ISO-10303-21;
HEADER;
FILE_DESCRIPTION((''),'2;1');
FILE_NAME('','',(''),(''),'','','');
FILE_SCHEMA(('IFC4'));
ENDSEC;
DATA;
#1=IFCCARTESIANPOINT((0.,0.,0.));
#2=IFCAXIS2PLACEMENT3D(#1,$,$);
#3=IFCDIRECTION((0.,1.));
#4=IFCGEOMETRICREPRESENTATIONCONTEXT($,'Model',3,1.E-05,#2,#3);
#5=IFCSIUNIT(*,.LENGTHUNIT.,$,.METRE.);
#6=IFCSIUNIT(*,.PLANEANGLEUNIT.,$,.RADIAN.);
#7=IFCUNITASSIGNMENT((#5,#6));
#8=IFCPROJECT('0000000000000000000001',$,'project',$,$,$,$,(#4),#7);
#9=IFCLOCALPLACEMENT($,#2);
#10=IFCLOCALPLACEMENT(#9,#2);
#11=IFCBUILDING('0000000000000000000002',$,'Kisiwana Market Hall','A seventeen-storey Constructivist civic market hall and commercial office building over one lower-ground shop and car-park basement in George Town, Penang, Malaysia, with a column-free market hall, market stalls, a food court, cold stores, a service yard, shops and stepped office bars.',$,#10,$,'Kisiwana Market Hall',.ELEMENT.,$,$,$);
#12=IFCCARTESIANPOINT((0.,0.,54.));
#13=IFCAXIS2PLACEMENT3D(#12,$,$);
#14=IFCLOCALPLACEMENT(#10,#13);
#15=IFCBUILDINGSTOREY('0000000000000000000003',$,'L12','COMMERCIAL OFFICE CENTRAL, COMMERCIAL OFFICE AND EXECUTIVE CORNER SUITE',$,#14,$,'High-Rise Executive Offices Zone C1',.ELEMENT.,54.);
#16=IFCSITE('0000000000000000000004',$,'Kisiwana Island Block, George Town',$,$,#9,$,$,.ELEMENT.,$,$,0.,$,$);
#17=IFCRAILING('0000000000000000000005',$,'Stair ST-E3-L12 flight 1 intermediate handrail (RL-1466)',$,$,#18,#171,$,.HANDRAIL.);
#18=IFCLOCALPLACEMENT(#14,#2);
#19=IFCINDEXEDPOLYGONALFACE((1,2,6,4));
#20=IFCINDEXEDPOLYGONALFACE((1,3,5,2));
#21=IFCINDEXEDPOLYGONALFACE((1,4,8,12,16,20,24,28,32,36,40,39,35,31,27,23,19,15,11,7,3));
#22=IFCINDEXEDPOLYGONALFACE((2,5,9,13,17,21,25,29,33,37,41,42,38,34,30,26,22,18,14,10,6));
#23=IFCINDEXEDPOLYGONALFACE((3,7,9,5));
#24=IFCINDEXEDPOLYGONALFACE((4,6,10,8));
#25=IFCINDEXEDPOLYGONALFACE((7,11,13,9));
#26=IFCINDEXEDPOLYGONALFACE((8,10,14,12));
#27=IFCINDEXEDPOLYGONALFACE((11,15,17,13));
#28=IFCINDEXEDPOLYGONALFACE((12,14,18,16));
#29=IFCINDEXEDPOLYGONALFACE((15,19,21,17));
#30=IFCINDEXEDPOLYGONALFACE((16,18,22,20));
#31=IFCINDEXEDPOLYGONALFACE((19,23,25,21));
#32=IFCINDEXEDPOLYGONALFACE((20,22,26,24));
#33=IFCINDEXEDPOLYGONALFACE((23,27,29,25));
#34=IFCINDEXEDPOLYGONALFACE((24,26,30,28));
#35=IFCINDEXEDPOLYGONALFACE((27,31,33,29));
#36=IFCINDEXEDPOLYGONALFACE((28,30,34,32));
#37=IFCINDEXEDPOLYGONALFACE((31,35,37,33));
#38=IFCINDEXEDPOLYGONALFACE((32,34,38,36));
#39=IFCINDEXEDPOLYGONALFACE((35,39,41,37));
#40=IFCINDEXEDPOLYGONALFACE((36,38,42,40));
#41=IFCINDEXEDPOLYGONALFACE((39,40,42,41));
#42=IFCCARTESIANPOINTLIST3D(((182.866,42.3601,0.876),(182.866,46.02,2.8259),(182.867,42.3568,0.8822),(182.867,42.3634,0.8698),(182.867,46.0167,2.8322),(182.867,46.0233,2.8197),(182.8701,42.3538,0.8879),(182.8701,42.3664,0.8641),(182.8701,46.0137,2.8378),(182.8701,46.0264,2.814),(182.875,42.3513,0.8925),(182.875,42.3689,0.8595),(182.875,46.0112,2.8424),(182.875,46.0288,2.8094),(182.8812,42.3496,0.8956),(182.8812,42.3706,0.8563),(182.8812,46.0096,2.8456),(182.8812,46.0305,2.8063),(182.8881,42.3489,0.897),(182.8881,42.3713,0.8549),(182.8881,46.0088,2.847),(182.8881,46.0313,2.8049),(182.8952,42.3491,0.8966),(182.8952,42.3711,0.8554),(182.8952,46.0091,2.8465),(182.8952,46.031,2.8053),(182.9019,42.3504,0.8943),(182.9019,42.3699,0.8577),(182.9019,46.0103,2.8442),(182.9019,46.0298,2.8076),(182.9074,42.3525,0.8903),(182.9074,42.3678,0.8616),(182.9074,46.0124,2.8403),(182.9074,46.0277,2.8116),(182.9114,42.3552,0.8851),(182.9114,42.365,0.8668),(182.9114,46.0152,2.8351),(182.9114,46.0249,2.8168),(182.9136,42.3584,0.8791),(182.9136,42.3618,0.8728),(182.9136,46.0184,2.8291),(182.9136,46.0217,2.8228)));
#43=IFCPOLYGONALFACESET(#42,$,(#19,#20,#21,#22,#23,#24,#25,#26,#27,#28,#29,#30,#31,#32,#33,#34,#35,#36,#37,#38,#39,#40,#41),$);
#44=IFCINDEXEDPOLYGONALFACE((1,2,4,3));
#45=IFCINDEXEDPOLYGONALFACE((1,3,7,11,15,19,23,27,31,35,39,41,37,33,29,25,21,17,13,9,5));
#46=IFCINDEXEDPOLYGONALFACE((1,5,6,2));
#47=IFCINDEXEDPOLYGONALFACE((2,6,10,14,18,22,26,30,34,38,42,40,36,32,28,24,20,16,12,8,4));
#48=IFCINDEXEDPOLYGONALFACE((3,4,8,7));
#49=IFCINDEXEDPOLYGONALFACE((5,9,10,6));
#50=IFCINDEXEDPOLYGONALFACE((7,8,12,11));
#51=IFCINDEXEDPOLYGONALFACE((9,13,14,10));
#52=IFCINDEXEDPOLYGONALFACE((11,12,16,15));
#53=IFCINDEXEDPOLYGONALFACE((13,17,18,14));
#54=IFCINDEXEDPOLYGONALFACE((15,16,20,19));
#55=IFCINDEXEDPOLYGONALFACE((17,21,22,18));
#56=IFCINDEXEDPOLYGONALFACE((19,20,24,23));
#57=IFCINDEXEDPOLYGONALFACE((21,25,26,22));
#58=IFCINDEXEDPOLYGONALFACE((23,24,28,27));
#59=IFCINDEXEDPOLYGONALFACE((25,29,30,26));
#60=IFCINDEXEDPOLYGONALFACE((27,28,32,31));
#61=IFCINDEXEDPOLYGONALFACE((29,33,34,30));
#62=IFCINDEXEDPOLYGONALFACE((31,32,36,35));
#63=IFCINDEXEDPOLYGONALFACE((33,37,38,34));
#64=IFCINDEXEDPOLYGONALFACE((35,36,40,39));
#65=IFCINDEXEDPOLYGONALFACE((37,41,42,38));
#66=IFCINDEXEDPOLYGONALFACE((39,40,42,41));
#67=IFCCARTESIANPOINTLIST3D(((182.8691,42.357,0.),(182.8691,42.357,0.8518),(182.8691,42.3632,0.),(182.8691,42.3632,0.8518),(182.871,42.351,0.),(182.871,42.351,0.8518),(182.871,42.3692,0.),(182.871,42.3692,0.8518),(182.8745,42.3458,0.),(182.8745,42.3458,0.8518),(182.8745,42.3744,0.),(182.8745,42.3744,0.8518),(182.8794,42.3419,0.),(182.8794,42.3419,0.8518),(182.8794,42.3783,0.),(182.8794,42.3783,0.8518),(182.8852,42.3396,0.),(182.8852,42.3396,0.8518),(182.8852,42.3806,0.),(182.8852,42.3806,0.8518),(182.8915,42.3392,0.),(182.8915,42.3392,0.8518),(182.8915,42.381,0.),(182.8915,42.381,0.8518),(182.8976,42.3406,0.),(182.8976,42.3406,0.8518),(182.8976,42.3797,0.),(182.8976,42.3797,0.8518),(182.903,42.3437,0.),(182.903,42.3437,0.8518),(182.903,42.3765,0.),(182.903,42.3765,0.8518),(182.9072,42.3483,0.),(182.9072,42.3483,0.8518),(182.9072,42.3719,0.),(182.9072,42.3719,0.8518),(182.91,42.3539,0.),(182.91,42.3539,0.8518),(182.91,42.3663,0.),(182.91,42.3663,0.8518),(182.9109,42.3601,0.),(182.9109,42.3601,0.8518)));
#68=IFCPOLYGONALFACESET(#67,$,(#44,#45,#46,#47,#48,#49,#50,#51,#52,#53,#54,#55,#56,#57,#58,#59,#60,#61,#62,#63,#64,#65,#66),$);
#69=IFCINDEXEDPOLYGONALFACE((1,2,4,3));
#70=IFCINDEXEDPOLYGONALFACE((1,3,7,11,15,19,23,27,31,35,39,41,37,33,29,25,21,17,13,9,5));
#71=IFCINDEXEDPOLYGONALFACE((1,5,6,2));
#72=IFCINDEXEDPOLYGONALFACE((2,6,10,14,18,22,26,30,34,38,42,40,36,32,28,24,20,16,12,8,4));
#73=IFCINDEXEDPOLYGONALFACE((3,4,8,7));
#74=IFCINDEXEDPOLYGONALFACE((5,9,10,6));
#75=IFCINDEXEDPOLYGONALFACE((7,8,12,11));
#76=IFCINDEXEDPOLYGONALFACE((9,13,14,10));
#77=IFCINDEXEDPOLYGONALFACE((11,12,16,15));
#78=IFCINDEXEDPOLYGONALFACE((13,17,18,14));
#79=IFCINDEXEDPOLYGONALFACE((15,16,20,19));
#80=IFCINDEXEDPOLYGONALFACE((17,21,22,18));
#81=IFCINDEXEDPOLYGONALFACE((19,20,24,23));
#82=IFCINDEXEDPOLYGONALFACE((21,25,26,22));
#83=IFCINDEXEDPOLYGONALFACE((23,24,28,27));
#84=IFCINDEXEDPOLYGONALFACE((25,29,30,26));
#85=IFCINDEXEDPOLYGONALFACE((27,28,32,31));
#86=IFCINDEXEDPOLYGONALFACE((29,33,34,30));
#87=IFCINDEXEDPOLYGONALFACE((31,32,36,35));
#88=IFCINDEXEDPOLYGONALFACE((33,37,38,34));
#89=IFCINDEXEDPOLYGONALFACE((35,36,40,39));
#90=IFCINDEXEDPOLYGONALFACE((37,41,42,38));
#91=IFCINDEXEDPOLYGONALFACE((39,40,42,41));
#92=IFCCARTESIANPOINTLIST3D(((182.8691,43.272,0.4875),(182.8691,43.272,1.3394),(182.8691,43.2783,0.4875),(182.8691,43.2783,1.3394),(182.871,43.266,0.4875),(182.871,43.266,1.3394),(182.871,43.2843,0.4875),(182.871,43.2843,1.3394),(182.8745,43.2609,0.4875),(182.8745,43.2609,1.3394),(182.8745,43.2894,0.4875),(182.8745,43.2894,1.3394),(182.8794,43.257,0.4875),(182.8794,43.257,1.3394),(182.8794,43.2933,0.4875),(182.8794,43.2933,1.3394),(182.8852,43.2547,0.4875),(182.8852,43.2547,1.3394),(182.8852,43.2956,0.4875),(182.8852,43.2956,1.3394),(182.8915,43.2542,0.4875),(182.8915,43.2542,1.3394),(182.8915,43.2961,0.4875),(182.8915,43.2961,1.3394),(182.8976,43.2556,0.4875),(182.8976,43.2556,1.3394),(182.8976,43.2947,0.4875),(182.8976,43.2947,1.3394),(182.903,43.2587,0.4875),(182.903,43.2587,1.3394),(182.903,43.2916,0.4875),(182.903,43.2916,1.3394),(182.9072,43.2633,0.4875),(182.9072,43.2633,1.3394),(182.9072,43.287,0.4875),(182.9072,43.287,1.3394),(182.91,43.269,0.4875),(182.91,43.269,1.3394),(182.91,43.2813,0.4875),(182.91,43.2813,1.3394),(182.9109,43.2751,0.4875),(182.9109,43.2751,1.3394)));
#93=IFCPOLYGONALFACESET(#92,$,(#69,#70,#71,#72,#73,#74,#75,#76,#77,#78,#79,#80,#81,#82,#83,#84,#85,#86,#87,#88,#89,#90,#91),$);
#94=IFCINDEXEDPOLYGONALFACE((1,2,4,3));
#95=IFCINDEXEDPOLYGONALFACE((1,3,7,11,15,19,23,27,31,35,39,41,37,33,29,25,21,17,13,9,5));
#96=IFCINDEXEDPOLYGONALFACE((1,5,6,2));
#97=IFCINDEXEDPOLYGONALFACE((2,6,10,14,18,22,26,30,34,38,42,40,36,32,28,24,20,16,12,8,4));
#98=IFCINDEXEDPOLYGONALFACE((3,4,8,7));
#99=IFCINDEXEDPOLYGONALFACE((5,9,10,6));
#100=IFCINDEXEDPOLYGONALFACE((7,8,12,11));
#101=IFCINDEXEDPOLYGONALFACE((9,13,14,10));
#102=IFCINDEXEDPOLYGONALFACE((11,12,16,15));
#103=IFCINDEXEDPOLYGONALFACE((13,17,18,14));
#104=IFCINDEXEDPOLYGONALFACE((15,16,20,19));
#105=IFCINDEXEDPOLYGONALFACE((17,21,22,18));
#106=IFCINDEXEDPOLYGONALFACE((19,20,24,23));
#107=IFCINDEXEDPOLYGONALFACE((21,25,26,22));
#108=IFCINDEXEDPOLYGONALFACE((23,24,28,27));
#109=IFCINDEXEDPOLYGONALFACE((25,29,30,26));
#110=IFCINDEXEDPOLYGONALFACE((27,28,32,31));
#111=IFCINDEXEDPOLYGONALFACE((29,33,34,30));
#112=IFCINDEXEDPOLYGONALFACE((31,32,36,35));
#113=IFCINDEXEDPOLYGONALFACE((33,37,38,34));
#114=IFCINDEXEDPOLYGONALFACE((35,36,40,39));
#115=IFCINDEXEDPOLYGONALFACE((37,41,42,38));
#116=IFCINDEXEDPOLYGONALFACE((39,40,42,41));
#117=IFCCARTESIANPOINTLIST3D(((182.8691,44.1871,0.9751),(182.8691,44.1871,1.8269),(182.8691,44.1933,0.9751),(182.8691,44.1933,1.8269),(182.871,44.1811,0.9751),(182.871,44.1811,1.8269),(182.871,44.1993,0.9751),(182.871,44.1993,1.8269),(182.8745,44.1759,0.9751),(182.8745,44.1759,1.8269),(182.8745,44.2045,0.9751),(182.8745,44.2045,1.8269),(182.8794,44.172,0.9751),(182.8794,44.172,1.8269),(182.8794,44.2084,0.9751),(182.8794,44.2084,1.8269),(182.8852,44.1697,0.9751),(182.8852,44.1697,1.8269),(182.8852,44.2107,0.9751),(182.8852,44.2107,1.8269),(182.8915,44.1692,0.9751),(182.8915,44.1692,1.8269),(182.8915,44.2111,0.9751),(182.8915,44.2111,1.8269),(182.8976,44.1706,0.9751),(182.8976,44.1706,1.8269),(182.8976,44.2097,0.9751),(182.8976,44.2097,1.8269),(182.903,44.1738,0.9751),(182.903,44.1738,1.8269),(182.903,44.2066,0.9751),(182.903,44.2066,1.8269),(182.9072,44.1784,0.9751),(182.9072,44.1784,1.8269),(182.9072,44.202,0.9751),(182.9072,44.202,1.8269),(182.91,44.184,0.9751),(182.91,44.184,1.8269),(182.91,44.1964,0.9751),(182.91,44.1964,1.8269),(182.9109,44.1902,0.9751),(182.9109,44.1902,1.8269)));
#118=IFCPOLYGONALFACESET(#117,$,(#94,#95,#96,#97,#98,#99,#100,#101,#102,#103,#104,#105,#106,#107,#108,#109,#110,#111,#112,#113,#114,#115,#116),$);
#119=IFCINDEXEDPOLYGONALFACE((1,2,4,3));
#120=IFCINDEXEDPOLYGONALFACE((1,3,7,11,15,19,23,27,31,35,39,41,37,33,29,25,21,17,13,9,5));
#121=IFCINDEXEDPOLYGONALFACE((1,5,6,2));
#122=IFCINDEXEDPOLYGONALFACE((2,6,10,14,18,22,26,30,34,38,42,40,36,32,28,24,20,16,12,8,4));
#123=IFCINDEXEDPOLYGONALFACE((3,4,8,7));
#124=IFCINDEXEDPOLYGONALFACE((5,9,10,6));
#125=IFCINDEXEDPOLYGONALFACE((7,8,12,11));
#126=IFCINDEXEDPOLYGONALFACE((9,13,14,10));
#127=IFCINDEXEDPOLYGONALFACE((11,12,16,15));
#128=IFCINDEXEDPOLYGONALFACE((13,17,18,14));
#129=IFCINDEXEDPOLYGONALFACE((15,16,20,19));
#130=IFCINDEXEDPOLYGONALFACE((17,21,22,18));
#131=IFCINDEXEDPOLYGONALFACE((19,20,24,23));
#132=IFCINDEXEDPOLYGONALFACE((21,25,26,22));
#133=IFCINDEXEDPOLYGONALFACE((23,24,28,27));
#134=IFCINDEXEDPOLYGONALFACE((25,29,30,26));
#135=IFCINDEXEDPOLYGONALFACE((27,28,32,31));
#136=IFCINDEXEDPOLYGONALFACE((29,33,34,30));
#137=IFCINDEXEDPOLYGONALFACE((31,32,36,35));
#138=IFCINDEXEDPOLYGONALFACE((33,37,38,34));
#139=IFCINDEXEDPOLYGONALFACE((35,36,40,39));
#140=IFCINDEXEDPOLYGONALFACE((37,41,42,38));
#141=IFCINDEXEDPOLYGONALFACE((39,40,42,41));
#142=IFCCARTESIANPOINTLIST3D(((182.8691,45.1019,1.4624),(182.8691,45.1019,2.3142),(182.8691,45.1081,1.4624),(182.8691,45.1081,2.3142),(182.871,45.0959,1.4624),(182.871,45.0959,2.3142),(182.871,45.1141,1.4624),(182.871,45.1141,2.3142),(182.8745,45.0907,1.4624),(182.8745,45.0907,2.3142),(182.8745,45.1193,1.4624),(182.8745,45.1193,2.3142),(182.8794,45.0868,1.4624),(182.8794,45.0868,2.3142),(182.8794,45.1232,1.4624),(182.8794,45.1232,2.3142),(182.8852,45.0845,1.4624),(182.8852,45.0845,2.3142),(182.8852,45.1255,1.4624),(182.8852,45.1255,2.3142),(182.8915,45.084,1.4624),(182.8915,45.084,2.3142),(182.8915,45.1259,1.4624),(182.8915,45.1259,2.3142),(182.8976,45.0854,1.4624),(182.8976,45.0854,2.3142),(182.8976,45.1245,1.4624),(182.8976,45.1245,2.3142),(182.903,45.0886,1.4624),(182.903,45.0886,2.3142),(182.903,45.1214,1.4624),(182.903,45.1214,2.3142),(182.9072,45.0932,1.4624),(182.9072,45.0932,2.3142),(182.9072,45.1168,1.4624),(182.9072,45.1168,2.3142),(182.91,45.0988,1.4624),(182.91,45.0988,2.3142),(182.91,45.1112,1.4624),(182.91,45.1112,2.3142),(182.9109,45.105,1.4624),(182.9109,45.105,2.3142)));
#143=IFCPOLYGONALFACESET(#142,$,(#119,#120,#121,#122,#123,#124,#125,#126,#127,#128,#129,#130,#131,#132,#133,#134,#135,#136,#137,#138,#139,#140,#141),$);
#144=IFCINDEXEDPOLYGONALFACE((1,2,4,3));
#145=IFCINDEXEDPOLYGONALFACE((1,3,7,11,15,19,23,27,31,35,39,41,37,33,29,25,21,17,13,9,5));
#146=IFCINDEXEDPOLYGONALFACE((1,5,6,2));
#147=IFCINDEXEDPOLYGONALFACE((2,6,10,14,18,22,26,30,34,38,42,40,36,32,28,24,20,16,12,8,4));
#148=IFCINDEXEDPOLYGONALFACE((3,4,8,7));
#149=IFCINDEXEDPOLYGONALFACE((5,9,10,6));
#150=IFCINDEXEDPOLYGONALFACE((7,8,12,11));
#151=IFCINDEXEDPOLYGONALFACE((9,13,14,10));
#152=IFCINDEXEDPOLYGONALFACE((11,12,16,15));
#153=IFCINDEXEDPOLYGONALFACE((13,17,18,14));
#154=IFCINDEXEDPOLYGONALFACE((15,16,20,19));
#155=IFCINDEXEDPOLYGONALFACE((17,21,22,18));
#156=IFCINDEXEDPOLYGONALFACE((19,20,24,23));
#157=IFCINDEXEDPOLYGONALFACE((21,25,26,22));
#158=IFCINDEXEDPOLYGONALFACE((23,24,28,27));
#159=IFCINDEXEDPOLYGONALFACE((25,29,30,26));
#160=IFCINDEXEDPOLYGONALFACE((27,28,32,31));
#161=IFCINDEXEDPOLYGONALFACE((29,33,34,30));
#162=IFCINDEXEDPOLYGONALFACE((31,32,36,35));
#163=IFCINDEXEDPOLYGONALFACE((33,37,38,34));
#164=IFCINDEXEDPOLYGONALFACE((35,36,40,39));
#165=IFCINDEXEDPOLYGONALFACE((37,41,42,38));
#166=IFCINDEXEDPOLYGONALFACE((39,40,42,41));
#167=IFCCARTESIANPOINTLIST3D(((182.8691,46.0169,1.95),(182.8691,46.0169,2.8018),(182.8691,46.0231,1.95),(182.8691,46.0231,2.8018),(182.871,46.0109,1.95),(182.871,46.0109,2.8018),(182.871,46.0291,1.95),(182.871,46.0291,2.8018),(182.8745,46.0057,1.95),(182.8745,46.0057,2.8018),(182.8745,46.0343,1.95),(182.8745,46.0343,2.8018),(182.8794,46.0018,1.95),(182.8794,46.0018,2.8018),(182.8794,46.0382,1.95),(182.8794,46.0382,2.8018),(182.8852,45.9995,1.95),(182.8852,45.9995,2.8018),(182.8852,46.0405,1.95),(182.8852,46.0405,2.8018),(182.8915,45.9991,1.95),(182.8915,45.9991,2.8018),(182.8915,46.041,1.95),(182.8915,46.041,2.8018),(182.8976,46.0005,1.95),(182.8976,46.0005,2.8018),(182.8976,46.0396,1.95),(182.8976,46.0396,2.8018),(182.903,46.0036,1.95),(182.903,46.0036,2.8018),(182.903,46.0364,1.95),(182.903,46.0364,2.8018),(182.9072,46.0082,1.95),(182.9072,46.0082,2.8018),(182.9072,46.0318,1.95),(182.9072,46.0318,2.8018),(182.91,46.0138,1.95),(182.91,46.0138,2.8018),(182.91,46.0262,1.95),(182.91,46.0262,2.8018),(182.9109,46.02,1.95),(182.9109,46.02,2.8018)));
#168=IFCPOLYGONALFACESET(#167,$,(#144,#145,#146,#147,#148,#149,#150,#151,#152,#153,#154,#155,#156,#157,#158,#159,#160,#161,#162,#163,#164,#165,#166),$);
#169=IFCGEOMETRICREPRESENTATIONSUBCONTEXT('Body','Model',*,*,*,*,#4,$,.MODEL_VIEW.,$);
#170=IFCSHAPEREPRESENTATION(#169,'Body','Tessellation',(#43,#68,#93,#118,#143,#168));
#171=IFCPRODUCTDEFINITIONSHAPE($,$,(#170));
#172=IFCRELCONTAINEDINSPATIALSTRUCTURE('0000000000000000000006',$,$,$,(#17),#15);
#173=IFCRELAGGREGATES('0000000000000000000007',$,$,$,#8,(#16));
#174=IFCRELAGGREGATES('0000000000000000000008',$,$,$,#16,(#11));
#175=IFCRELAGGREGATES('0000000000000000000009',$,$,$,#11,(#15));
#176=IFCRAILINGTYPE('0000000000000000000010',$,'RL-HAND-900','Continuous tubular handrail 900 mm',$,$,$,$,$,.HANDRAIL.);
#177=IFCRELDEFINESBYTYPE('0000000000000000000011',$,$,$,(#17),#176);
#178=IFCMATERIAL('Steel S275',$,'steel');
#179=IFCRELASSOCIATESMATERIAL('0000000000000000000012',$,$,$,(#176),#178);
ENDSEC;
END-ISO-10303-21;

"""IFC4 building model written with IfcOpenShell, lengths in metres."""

from ifc_helpers import new_model, si_unit, direction, frame, origin, origin_2d, place, context, subcontext, project, spatial, circle, extrude, material, type_object, element, save


model = new_model("IFC4")

# Units and contexts
model_context = context("Model", 3, precision=1e-05, world=origin(), true_north=direction((0.0, 1.0)))
body_context = subcontext(model_context, "Body", "Model", "MODEL_VIEW")
ifc_project = project(units=[si_unit("LENGTHUNIT", "METRE"), si_unit("PLANEANGLEUNIT", "RADIAN")], contexts=[model_context])

# Site, building, storey
site_placement = place(None, origin())
site = spatial("IfcSite", under=ifc_project, at=site_placement, Name="Kisiwana Island Block, George Town", CompositionType="ELEMENT", RefElevation=0.0)
building_placement = place(site_placement, origin())
building = spatial("IfcBuilding", under=site, at=building_placement, Name="Kisiwana Market Hall", Description="A seventeen-storey Constructivist civic market hall and commercial office building over one lower-ground shop and car-park basement in George Town, Penang, Malaysia, with a column-free market hall, market stalls, a food court, cold stores, a service yard, shops and stepped office bars.", LongName="Kisiwana Market Hall", CompositionType="ELEMENT")
storey_placement = place(building_placement, frame((0.0, 0.0, 54.0)))
storey = spatial("IfcBuildingStorey", under=building, at=storey_placement, Name="L12", Description="COMMERCIAL OFFICE CENTRAL, COMMERCIAL OFFICE AND EXECUTIVE CORNER SUITE", LongName="High-Rise Executive Offices Zone C1", CompositionType="ELEMENT", Elevation=54.0)

# Railing
ifc_material_1 = material(Name="Steel S275", Category="steel")
railing_type_1 = type_object("IfcRailingType", Name="RL-HAND-900", Description="Continuous tubular handrail 900 mm", PredefinedType="HANDRAIL", material=ifc_material_1)
railing_1_placement = place(storey_placement, frame((182.8899, 42.3601, 0.0)))
element("IfcRailing", 1, at=railing_1_placement, inside=storey, type_object=railing_type_1, Name="Stair ST-E3-L12 flight 1 intermediate handrail (RL-1466)", PredefinedType="HANDRAIL", context=body_context, shape_type="SweptSolid", body=[
    extrude(circle(Radius=0.0239, at=origin_2d()), frame((0.0, 0.0, 0.876), z_axis=(0.0, 0.882553, 0.470212), x_axis=(-1.0, 0.0, 0.0)), (0.0, 0.0, 1.0), 4.147),
    extrude(circle(Radius=0.021, at=origin_2d()), origin(), (0.0, 0.0, 1.0), 0.8518),
    extrude(circle(Radius=0.021, at=origin_2d()), frame((0.0, 0.915, 0.4875)), (0.0, 0.0, 1.0), 0.8518),
    extrude(circle(Radius=0.021, at=origin_2d()), frame((0.0, 1.8301, 0.9751)), (0.0, 0.0, 1.0), 0.8518),
    extrude(circle(Radius=0.021, at=origin_2d()), frame((0.0, 2.7449, 1.4624)), (0.0, 0.0, 1.0), 0.8518),
    extrude(circle(Radius=0.021, at=origin_2d()), frame((0.0, 3.6599, 1.95)), (0.0, 0.0, 1.0), 0.8518),
])

save(model, "model.ifc")
